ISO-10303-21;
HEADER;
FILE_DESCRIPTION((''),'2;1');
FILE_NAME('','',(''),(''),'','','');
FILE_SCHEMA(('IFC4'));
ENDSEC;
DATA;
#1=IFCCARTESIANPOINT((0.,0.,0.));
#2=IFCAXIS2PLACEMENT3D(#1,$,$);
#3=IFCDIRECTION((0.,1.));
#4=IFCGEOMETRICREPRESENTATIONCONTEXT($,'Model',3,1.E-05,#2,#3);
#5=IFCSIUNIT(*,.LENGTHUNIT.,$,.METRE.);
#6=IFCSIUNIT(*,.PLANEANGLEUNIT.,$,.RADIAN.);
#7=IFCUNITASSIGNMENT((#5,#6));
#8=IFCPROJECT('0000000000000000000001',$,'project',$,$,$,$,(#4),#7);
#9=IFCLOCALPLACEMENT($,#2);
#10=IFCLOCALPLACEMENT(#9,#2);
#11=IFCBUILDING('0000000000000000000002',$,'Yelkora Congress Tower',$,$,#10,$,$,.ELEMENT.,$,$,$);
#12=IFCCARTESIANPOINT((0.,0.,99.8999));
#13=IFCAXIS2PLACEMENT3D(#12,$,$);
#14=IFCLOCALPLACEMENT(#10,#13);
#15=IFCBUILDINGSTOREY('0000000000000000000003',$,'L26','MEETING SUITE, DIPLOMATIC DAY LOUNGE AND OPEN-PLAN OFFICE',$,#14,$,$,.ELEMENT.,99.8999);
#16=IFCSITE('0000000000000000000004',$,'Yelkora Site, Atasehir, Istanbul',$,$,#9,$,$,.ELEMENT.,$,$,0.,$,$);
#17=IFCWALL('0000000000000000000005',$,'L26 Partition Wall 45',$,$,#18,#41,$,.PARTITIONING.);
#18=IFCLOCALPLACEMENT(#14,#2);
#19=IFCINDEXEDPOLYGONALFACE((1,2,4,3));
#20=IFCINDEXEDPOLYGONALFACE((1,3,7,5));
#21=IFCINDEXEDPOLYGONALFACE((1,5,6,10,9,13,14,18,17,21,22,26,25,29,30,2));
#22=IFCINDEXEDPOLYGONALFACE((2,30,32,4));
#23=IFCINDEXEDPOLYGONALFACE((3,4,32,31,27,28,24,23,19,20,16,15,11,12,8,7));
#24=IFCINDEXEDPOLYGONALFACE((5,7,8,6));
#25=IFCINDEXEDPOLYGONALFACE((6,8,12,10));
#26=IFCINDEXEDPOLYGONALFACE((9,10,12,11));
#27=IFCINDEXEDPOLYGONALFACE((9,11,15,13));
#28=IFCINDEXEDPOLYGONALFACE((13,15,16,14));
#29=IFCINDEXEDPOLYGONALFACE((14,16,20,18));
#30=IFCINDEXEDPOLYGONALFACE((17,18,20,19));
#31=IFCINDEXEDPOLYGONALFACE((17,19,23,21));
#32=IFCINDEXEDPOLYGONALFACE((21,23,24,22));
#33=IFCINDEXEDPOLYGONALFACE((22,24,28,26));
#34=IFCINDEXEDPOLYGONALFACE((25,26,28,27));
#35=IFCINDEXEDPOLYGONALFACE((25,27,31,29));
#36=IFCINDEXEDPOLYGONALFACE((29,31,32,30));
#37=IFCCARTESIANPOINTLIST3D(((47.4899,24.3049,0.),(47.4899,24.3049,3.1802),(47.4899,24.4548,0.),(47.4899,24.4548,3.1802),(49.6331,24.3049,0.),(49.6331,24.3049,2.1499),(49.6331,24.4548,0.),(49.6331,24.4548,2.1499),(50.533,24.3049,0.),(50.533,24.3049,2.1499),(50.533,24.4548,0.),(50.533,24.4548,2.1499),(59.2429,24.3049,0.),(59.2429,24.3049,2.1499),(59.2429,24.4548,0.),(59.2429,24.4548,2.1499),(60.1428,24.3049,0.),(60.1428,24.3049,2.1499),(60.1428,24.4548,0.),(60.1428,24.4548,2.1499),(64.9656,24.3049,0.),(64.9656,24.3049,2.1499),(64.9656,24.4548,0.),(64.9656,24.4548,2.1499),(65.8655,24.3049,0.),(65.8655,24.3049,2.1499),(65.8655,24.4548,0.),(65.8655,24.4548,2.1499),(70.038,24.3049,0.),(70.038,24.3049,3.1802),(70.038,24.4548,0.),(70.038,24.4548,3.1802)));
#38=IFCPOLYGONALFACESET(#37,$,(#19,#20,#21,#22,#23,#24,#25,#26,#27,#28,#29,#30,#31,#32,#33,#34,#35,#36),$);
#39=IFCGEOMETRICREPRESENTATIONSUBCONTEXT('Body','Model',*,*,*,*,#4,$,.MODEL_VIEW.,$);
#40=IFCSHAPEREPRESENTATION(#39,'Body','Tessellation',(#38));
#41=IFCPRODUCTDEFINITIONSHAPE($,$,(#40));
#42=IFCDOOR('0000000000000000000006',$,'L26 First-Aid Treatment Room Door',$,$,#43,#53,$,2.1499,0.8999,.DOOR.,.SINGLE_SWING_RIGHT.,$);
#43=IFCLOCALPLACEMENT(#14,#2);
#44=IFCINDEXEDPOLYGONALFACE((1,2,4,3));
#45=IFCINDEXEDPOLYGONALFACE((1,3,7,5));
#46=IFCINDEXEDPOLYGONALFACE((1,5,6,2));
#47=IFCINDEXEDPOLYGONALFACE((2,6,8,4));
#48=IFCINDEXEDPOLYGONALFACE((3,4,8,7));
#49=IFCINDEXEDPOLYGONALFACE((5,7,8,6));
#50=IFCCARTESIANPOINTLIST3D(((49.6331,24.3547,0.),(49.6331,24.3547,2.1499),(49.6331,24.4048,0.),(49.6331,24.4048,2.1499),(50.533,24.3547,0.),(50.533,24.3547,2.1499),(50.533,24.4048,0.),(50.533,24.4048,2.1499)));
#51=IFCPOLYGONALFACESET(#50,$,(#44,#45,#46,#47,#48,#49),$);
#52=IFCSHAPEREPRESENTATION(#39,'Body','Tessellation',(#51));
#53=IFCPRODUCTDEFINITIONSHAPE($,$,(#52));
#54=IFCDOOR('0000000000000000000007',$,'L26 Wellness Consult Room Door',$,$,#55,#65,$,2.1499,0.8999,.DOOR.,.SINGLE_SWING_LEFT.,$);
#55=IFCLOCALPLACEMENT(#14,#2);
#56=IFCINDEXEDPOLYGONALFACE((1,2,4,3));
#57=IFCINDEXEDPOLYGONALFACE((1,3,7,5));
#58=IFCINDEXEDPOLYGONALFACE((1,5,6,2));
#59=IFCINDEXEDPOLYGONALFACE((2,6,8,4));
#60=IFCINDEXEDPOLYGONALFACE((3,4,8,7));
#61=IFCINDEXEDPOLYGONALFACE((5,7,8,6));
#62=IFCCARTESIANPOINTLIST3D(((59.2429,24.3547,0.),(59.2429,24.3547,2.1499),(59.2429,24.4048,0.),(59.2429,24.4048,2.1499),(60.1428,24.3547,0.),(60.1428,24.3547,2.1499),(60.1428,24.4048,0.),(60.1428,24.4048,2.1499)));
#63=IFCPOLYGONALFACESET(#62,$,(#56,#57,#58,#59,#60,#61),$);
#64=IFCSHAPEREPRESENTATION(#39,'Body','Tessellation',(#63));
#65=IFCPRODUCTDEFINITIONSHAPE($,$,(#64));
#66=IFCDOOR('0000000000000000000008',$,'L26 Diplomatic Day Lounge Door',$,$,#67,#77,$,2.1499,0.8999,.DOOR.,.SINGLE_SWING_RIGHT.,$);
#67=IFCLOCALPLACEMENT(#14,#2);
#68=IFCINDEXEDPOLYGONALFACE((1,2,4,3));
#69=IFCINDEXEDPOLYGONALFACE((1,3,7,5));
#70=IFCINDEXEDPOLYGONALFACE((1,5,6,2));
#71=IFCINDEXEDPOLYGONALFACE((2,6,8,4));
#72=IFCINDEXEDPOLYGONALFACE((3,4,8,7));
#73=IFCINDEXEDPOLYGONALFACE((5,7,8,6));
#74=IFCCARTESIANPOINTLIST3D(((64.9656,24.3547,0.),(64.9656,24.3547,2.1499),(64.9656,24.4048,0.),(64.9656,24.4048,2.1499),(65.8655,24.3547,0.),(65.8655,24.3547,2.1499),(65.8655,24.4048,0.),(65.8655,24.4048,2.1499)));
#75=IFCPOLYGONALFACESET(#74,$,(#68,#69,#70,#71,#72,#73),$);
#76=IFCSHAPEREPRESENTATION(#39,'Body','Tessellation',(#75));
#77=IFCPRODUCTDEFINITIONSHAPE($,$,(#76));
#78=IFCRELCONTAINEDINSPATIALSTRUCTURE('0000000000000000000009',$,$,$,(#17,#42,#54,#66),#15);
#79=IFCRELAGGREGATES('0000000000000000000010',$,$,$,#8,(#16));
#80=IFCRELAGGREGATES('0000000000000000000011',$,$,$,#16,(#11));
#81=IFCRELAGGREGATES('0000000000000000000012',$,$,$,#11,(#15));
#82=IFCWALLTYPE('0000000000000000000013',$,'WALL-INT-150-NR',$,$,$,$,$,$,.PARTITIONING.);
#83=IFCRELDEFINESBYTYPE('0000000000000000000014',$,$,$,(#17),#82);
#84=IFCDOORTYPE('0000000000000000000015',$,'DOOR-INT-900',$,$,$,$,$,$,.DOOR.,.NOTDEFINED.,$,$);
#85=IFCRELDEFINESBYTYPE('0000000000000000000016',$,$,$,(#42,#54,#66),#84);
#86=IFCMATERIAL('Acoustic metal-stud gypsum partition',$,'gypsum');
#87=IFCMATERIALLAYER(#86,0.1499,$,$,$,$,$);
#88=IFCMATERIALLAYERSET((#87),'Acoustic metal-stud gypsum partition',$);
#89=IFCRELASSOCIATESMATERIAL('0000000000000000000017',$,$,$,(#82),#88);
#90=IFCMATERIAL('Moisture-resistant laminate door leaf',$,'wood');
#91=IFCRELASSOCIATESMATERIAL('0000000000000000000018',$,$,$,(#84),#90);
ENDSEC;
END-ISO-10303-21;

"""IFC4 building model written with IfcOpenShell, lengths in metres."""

from ifc_helpers import new_model, si_unit, direction, frame, frame_2d, origin, place, context, subcontext, project, spatial, rectangle, extrude, material, layer, layer_set, type_object, element, fill, save


model = new_model("IFC4")

# Units and contexts
model_context = context("Model", 3, precision=1e-05, world=origin(), true_north=direction((0.0, 1.0)))
body_context = subcontext(model_context, "Body", "Model", "MODEL_VIEW")
ifc_project = project(units=[si_unit("LENGTHUNIT", "METRE"), si_unit("PLANEANGLEUNIT", "RADIAN")], contexts=[model_context])

# Site, building, storey
site_placement = place(None, origin())
site = spatial("IfcSite", under=ifc_project, at=site_placement, Name="Yelkora Site, Atasehir, Istanbul", CompositionType="ELEMENT", RefElevation=0.0)
building_placement = place(site_placement, origin())
building = spatial("IfcBuilding", under=site, at=building_placement, Name="Yelkora Congress Tower", CompositionType="ELEMENT")
storey_placement = place(building_placement, frame((0.0, 0.0, 99.8999)))
storey = spatial("IfcBuildingStorey", under=building, at=storey_placement, Name="L26", Description="MEETING SUITE, DIPLOMATIC DAY LOUNGE AND OPEN-PLAN OFFICE", CompositionType="ELEMENT", Elevation=99.8999)

# Shared definitions
ifc_material_1 = material(Name="Acoustic metal-stud gypsum partition", Category="gypsum")
ifc_layer = layer(ifc_material_1, 0.1499)
ifc_layer_set = layer_set([ifc_layer], Name="Acoustic metal-stud gypsum partition")
wall_type = type_object("IfcWallType", Name="WALL-INT-150-NR", PredefinedType="PARTITIONING", material=ifc_layer_set)

# Wall, openings, doors
wall_1_placement = place(storey_placement, frame((47.49, 24.3799, 0.0), z_axis=(0.0, 0.0, 1.0), x_axis=(1.0, 0.0, 0.0)))
wall_1 = element("IfcWall", 1, at=wall_1_placement, inside=storey, type_object=wall_type, Name="L26 Partition Wall 45", PredefinedType="PARTITIONING", context=body_context, shape_type="SweptSolid", body=[
    extrude(rectangle(XDim=22.5481, YDim=0.1499, at=frame_2d((11.2739, 0.0))), origin(), (0.0, 0.0, 1.0), 3.1802),
])
opening_1_placement = place(wall_1_placement, frame((2.1431, 0.0, 0.0)))
opening_1 = element("IfcOpeningElement", 2, at=opening_1_placement, cuts=wall_1, PredefinedType="OPENING", context=body_context, shape_type="SweptSolid", body=[
    extrude(rectangle(XDim=0.8999, YDim=2.1499, at=frame_2d((0.45, 1.075))), frame((0.0, 0.085, 0.0), z_axis=(0.0, -1.0, 0.0), x_axis=(1.0, 0.0, 0.0)), (0.0, 0.0, 1.0), 0.1699),
])
opening_2_placement = place(wall_1_placement, frame((11.7529, 0.0, 0.0)))
opening_2 = element("IfcOpeningElement", 3, at=opening_2_placement, cuts=wall_1, PredefinedType="OPENING", context=body_context, shape_type="SweptSolid", body=[
    extrude(rectangle(XDim=0.8999, YDim=2.1499, at=frame_2d((0.45, 1.075))), frame((0.0, 0.085, 0.0), z_axis=(0.0, -1.0, 0.0), x_axis=(1.0, 0.0, 0.0)), (0.0, 0.0, 1.0), 0.1699),
])
opening_3_placement = place(wall_1_placement, frame((17.4756, 0.0, 0.0)))
opening_3 = element("IfcOpeningElement", 4, at=opening_3_placement, cuts=wall_1, PredefinedType="OPENING", context=body_context, shape_type="SweptSolid", body=[
    extrude(rectangle(XDim=0.8999, YDim=2.1499, at=frame_2d((0.45, 1.075))), frame((0.0, 0.085, 0.0), z_axis=(0.0, -1.0, 0.0), x_axis=(1.0, 0.0, 0.0)), (0.0, 0.0, 1.0), 0.1699),
])
ifc_material_2 = material(Name="Moisture-resistant laminate door leaf", Category="wood")
door_type = type_object("IfcDoorType", Name="DOOR-INT-900", OperationType="NOTDEFINED", PredefinedType="DOOR", material=ifc_material_2)
door_1_placement = place(opening_1_placement, origin())
door_1 = element("IfcDoor", 5, at=door_1_placement, inside=storey, type_object=door_type, Name="L26 First-Aid Treatment Room Door", OperationType="SINGLE_SWING_RIGHT", OverallHeight=2.1499, OverallWidth=0.8999, PredefinedType="DOOR", context=body_context, shape_type="SweptSolid", body=[
    extrude(rectangle(XDim=0.8999, YDim=2.1499, at=frame_2d((0.45, 1.075))), frame((0.0, 0.0249, 0.0), z_axis=(0.0, -1.0, 0.0), x_axis=(1.0, 0.0, 0.0)), (0.0, 0.0, 1.0), 0.05),
])
fill(opening_1, door_1)
door_2_placement = place(opening_2_placement, origin())
door_2 = element("IfcDoor", 6, at=door_2_placement, inside=storey, type_object=door_type, Name="L26 Wellness Consult Room Door", OperationType="SINGLE_SWING_LEFT", OverallHeight=2.1499, OverallWidth=0.8999, PredefinedType="DOOR", context=body_context, shape_type="SweptSolid", body=[
    extrude(rectangle(XDim=0.8999, YDim=2.1499, at=frame_2d((0.45, 1.075))), frame((0.0, 0.0249, 0.0), z_axis=(0.0, -1.0, 0.0), x_axis=(1.0, 0.0, 0.0)), (0.0, 0.0, 1.0), 0.05),
])
fill(opening_2, door_2)
door_3_placement = place(opening_3_placement, origin())
door_3 = element("IfcDoor", 7, at=door_3_placement, inside=storey, type_object=door_type, Name="L26 Diplomatic Day Lounge Door", OperationType="SINGLE_SWING_RIGHT", OverallHeight=2.1499, OverallWidth=0.8999, PredefinedType="DOOR", context=body_context, shape_type="SweptSolid", body=[
    extrude(rectangle(XDim=0.8999, YDim=2.1499, at=frame_2d((0.45, 1.075))), frame((0.0, 0.0249, 0.0), z_axis=(0.0, -1.0, 0.0), x_axis=(1.0, 0.0, 0.0)), (0.0, 0.0, 1.0), 0.05),
])
fill(opening_3, door_3)

save(model, "model.ifc")
